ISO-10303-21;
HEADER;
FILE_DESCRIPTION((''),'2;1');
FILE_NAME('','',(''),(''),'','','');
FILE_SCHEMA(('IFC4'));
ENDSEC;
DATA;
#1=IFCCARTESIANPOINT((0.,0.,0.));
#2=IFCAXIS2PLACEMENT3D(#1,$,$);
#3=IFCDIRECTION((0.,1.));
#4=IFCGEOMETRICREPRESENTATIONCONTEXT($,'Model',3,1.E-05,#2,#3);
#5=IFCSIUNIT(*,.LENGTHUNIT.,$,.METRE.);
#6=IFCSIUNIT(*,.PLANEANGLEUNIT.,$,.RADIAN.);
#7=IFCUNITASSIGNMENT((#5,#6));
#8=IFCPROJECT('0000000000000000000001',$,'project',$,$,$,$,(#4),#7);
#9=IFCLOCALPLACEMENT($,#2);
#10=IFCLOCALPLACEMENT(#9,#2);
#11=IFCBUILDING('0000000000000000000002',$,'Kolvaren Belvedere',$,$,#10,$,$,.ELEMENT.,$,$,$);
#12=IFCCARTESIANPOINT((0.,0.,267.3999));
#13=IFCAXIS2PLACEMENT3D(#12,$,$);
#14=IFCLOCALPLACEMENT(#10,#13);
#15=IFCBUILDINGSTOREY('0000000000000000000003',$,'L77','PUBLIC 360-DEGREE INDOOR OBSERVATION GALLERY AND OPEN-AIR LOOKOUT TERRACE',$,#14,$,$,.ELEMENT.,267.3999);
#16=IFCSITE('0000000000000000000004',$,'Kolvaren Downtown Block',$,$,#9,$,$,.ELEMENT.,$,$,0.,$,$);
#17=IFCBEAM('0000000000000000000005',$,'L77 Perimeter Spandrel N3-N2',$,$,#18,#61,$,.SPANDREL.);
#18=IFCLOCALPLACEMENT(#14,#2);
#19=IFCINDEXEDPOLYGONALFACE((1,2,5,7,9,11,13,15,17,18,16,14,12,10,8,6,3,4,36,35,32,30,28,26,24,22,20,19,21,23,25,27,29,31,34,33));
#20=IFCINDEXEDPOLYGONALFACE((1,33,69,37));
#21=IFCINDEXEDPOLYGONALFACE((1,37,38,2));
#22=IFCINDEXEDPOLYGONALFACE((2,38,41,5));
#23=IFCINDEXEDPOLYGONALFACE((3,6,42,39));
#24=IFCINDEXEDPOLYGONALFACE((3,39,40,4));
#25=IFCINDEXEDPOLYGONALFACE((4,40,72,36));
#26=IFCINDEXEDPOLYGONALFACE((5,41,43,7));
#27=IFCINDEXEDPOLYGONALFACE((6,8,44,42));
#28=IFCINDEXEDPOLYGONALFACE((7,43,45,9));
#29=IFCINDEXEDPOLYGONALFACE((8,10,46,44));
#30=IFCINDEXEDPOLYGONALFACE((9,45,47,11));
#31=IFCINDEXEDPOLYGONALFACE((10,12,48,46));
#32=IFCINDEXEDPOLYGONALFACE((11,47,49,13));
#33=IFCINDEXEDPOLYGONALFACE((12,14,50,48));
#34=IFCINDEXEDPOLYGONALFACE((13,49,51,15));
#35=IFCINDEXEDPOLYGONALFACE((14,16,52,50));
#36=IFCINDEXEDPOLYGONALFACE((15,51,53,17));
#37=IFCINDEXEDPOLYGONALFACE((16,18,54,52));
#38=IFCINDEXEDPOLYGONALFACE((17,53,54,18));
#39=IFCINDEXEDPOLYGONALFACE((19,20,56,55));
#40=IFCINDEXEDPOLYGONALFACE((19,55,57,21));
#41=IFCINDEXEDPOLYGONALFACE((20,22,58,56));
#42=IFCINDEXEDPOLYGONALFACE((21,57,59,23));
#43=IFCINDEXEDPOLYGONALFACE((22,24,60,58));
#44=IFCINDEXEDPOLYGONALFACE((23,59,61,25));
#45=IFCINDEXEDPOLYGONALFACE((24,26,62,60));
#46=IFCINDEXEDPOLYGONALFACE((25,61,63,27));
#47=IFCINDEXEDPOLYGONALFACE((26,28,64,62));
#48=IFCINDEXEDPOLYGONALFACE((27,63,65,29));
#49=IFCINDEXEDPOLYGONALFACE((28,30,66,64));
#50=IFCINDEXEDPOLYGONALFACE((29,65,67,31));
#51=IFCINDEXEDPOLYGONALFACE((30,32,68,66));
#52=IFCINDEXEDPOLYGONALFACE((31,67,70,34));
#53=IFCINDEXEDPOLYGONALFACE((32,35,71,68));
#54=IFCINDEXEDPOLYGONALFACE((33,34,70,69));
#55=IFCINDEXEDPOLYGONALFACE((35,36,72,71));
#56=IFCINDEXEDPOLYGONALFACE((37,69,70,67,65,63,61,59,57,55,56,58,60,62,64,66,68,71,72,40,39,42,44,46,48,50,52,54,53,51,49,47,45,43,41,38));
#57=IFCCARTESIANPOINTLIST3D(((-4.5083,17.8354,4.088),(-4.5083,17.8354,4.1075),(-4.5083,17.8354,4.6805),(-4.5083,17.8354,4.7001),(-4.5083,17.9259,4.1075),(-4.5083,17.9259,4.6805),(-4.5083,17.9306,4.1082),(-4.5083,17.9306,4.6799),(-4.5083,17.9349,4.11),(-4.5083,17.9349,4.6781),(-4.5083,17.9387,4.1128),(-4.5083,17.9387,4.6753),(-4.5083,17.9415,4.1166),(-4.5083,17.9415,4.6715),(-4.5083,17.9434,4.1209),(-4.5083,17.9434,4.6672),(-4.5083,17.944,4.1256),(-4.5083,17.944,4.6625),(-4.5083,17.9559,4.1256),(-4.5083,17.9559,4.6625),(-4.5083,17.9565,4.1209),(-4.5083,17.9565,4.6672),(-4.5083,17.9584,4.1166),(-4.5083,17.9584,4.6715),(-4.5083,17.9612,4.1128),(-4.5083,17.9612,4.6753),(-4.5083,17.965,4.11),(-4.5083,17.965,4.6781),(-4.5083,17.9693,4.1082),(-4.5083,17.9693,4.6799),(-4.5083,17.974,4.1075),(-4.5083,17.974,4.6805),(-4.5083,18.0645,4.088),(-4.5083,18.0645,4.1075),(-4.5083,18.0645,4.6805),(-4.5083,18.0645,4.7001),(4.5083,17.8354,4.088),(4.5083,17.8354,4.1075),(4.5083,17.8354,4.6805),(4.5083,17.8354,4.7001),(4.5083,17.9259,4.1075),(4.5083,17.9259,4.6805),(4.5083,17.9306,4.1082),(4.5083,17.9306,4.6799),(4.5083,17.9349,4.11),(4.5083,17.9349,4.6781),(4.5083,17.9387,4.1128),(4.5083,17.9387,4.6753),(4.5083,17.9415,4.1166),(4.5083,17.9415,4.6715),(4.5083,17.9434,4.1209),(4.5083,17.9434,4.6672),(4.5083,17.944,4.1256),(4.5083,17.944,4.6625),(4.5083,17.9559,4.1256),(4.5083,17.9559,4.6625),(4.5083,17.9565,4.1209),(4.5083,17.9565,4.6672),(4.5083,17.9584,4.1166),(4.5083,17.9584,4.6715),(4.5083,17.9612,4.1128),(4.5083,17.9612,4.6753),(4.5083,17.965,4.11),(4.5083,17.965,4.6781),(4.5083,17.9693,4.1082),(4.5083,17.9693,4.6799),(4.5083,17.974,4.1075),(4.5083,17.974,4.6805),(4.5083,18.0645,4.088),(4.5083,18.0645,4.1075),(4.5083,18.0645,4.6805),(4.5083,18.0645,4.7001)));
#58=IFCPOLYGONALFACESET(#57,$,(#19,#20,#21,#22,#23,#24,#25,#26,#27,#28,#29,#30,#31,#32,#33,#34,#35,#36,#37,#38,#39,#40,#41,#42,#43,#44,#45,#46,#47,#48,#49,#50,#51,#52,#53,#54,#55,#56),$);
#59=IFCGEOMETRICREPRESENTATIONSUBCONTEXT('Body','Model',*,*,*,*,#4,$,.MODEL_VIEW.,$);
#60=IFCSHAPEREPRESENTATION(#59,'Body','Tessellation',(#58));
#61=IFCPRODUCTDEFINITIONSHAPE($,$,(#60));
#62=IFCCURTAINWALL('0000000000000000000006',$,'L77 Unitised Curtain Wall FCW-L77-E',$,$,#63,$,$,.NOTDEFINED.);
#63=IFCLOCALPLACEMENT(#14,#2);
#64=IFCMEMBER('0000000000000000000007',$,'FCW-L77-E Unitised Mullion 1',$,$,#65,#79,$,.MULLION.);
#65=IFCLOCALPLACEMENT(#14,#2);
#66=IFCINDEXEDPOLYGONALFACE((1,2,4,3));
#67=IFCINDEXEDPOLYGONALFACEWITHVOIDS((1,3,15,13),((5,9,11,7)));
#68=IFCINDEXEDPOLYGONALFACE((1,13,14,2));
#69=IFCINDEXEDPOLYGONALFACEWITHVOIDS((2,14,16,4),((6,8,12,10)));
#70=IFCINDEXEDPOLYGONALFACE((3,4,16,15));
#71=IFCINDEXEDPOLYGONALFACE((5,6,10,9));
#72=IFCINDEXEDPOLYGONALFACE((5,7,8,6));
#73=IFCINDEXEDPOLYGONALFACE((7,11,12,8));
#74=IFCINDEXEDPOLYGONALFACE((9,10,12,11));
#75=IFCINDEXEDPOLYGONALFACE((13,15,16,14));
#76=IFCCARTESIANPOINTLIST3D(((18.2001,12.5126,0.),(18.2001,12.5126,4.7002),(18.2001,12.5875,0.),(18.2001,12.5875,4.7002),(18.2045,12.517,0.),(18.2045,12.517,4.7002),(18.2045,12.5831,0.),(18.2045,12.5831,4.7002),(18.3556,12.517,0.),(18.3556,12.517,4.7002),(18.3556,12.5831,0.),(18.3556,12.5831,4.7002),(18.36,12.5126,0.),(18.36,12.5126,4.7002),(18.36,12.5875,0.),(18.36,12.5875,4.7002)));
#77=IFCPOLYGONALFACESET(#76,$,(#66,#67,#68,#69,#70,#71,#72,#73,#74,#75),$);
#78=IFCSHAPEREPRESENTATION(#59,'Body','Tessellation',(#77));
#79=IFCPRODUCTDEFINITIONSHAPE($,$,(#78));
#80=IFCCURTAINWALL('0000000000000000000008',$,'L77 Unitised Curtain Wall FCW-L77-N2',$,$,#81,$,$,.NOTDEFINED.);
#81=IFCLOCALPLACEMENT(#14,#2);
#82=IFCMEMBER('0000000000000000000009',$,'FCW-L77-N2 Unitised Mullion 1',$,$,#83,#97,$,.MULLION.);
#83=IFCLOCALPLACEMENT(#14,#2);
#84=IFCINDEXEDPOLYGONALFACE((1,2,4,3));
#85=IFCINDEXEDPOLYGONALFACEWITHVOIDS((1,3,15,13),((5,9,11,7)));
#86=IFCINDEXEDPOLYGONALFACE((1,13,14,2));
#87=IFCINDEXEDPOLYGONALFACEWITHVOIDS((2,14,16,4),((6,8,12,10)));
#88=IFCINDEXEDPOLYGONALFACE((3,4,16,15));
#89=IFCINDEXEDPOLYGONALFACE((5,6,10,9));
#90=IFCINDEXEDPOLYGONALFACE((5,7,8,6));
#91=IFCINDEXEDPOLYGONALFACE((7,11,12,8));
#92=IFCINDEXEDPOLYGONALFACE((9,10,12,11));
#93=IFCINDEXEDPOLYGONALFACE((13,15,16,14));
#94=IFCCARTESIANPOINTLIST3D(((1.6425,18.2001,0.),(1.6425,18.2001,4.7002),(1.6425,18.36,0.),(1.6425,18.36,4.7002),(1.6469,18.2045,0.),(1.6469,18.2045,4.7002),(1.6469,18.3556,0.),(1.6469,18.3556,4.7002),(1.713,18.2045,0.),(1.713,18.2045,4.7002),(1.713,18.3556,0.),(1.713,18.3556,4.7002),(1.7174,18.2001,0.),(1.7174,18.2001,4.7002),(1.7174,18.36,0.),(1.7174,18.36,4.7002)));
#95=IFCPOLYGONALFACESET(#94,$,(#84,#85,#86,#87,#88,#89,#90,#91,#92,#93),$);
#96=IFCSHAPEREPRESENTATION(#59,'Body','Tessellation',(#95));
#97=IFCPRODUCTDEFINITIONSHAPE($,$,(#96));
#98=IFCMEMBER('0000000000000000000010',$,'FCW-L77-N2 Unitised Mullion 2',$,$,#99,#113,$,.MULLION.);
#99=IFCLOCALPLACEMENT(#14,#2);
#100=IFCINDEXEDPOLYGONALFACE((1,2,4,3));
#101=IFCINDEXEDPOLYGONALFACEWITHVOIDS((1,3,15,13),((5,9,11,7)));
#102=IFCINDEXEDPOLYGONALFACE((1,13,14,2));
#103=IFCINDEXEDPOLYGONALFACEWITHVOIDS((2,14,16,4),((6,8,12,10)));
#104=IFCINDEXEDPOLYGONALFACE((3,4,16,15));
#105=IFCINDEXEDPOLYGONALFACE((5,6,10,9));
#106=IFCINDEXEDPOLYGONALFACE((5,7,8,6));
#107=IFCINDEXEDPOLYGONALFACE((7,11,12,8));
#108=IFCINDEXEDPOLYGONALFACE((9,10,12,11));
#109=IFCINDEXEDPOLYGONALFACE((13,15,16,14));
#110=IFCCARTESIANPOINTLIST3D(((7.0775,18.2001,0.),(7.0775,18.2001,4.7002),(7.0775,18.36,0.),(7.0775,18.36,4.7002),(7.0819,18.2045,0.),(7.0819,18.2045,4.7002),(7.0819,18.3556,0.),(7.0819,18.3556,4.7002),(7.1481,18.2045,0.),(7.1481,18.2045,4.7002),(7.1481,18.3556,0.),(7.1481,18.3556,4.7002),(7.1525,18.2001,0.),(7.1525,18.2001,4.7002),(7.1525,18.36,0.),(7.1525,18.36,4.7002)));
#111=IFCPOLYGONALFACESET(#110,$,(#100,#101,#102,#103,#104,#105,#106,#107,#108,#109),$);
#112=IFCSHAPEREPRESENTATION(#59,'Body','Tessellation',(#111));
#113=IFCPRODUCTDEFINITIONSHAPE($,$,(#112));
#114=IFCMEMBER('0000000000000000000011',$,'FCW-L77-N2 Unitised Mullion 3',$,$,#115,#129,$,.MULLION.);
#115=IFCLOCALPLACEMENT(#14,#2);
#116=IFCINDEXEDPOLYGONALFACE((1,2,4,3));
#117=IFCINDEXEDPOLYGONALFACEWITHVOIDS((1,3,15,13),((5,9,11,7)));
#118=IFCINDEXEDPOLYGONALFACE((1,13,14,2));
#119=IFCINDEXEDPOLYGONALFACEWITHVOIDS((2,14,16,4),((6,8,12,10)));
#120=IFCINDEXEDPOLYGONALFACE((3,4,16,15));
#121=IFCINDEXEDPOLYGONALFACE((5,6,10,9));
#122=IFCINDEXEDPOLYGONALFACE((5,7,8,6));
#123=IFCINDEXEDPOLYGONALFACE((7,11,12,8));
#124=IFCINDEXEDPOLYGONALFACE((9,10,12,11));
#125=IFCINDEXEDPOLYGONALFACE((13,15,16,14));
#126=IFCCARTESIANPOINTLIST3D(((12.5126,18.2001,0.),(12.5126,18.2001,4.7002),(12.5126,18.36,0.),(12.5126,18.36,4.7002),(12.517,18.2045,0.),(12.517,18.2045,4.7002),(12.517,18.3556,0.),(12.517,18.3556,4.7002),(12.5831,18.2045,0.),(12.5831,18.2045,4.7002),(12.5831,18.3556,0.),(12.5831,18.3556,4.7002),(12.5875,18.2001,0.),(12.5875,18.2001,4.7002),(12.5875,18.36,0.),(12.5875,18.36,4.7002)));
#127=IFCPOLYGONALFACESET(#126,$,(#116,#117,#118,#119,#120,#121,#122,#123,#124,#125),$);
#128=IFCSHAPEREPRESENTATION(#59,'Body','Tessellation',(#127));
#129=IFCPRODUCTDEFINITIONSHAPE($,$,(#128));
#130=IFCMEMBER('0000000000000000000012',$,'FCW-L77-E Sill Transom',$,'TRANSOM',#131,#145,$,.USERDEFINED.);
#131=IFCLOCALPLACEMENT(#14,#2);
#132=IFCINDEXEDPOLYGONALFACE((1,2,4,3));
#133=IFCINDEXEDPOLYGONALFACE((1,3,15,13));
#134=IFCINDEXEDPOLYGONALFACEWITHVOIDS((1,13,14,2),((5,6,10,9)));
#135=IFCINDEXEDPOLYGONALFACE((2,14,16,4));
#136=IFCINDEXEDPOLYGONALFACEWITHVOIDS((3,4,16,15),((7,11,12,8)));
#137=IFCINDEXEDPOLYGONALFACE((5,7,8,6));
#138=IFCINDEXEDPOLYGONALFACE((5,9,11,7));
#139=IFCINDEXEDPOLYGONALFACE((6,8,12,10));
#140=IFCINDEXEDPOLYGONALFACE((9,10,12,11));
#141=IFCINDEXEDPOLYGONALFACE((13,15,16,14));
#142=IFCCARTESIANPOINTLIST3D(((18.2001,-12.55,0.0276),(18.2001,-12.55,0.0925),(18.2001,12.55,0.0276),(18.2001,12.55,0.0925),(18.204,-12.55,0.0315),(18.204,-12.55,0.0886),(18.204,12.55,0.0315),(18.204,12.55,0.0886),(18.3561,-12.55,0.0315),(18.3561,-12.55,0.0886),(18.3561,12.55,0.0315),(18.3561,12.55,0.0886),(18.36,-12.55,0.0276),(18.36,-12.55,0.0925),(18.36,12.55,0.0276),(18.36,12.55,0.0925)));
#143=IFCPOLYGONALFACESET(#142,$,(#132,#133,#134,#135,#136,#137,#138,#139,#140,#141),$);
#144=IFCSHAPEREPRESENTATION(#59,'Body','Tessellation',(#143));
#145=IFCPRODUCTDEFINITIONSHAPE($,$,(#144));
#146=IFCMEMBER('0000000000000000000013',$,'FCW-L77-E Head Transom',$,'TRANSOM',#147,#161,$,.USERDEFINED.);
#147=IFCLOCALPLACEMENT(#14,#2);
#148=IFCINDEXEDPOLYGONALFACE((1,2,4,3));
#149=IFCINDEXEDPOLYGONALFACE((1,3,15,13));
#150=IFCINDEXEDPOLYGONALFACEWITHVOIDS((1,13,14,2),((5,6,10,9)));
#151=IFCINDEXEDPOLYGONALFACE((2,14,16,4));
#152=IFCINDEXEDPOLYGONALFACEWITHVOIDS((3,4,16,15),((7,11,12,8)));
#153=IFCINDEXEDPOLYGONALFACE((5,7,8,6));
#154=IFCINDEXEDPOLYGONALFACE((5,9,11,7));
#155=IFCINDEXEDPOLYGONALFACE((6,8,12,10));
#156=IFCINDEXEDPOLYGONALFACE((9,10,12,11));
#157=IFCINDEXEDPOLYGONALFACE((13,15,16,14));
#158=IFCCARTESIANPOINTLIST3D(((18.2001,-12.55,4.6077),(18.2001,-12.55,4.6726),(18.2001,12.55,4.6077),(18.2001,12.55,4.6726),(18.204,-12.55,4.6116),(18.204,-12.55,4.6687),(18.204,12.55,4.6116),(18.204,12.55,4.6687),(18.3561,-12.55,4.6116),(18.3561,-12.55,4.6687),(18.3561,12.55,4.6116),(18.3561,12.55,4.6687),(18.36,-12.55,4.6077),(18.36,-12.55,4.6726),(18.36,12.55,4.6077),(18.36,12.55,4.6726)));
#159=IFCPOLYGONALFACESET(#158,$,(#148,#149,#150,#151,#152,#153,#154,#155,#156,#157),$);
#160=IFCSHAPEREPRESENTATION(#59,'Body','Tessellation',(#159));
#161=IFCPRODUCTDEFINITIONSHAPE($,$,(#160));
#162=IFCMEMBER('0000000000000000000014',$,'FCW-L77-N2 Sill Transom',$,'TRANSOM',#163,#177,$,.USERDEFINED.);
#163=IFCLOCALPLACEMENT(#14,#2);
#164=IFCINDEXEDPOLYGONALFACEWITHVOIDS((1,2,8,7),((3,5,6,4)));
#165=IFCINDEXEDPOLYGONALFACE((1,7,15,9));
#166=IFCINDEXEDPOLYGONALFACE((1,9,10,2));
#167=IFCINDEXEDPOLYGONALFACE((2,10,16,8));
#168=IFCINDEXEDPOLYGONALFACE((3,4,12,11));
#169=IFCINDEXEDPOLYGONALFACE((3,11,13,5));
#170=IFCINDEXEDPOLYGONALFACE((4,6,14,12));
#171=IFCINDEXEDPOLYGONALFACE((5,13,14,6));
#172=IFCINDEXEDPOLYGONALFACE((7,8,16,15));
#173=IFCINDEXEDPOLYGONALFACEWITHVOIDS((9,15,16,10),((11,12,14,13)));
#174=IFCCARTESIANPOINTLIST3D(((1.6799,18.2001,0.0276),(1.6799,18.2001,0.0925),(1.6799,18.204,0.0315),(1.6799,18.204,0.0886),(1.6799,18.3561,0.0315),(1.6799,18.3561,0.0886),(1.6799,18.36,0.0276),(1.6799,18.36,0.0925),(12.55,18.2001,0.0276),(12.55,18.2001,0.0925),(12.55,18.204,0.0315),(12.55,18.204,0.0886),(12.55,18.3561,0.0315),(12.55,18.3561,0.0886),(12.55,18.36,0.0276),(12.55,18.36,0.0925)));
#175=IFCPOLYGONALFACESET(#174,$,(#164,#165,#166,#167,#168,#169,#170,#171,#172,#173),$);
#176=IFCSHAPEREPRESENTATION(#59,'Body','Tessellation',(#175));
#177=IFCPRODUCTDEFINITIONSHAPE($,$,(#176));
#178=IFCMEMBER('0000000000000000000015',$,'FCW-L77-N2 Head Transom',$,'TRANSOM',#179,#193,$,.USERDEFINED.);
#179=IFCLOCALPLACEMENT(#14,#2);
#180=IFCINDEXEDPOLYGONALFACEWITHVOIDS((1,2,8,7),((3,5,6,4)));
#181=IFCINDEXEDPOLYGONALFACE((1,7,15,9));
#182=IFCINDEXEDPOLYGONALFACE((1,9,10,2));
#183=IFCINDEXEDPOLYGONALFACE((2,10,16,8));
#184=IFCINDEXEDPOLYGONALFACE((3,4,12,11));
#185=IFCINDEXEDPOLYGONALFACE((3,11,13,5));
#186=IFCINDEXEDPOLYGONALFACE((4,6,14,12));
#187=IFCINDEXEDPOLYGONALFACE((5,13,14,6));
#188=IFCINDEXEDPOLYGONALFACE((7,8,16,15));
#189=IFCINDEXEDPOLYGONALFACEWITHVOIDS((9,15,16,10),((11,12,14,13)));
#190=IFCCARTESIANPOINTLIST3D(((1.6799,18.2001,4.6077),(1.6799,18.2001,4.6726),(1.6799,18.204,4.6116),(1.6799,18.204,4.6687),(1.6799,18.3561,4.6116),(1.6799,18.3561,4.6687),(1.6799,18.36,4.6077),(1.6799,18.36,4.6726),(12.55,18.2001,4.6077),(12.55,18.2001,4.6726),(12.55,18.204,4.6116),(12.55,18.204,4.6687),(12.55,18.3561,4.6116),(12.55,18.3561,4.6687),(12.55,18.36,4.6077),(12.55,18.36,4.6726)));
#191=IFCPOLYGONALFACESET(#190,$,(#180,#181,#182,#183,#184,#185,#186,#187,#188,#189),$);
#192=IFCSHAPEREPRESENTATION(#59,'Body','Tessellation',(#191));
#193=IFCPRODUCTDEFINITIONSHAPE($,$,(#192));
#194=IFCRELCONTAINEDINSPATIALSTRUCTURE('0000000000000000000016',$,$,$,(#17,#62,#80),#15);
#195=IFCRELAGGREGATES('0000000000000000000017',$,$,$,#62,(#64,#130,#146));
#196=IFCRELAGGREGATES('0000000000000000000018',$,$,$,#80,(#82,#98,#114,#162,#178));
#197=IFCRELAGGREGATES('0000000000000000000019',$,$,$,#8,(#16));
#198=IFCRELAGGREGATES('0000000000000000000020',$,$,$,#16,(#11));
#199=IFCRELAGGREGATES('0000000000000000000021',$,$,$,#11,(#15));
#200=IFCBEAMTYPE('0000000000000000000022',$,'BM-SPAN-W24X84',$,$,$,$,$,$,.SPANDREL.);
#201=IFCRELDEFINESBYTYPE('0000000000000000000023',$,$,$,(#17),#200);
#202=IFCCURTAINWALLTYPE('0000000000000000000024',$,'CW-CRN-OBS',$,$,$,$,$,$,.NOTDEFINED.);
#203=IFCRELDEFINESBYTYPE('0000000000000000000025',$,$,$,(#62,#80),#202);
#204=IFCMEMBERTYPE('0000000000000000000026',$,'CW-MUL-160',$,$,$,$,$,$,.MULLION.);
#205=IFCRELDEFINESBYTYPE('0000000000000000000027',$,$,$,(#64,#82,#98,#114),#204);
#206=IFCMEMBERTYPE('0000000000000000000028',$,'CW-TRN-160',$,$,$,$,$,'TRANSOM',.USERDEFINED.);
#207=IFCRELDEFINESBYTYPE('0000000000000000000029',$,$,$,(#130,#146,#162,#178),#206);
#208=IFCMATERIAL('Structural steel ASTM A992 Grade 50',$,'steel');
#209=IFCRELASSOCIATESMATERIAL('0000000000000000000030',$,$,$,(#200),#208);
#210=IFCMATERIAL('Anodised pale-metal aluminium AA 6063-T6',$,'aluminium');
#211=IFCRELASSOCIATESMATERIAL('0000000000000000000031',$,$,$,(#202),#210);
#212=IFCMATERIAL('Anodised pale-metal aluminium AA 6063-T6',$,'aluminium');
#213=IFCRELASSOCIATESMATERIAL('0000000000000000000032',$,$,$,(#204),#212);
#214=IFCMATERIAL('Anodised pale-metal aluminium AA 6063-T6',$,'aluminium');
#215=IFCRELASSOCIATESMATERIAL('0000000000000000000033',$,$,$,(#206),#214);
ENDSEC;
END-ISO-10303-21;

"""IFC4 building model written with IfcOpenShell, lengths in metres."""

from ifc_helpers import new_model, si_unit, direction, frame, origin, origin_2d, place, context, subcontext, project, spatial, hollow_rectangle, i_section, extrude, material, material_profile, profile_set, type_object, element, aggregate, save


model = new_model("IFC4")

# Units and contexts
model_context = context("Model", 3, precision=1e-05, world=origin(), true_north=direction((0.0, 1.0)))
body_context = subcontext(model_context, "Body", "Model", "MODEL_VIEW")
ifc_project = project(units=[si_unit("LENGTHUNIT", "METRE"), si_unit("PLANEANGLEUNIT", "RADIAN")], contexts=[model_context])

# Site, building, storey
site_placement = place(None, origin())
site = spatial("IfcSite", under=ifc_project, at=site_placement, Name="Kolvaren Downtown Block", CompositionType="ELEMENT", RefElevation=0.0)
building_placement = place(site_placement, origin())
building = spatial("IfcBuilding", under=site, at=building_placement, Name="Kolvaren Belvedere", CompositionType="ELEMENT")
storey_placement = place(building_placement, frame((0.0, 0.0, 267.3999)))
storey = spatial("IfcBuildingStorey", under=building, at=storey_placement, Name="L77", Description="PUBLIC 360-DEGREE INDOOR OBSERVATION GALLERY AND OPEN-AIR LOOKOUT TERRACE", CompositionType="ELEMENT", Elevation=267.3999)

# Beam
ifc_material_1 = material(Name="Structural steel ASTM A992 Grade 50", Category="steel")
ifc_material_profile_1 = material_profile(ifc_material_1, i_section(OverallWidth=0.229, OverallDepth=0.6121, WebThickness=0.012, FlangeThickness=0.0195, FilletRadius=0.0181, at=origin_2d()), Name="W24X84")
ifc_profile_set_1 = profile_set([ifc_material_profile_1], Name="Structural steel ASTM A992 Grade 50")
beam_type_1 = type_object("IfcBeamType", Name="BM-SPAN-W24X84", PredefinedType="SPANDREL", material=ifc_profile_set_1)
beam_1_placement = place(storey_placement, frame((4.5083, 17.95, 4.394), z_axis=(-1.0, 0.0, 0.0), x_axis=(0.0, -1.0, 0.0)))
element("IfcBeam", 1, at=beam_1_placement, inside=storey, type_object=beam_type_1, Name="L77 Perimeter Spandrel N3-N2", PredefinedType="SPANDREL", context=body_context, shape_type="SweptSolid", body=[
    extrude(i_section(OverallWidth=0.229, OverallDepth=0.6121, WebThickness=0.012, FlangeThickness=0.0195, FilletRadius=0.0181, at=origin_2d()), origin(), (0.0, 0.0, 1.0), 9.0166),
])

# Curtain wall, member
ifc_material_2 = material(Name="Anodised pale-metal aluminium AA 6063-T6", Category="aluminium")
curtain_wall_type = type_object("IfcCurtainWallType", Name="CW-CRN-OBS", PredefinedType="NOTDEFINED", material=ifc_material_2)
curtain_wall_1_placement = place(storey_placement, origin())
curtain_wall_1 = element("IfcCurtainWall", 2, at=curtain_wall_1_placement, inside=storey, type_object=curtain_wall_type, Name="L77 Unitised Curtain Wall FCW-L77-E", PredefinedType="NOTDEFINED")
ifc_material_3 = material(Name="Anodised pale-metal aluminium AA 6063-T6", Category="aluminium")
ifc_material_profile_2 = material_profile(ifc_material_3, hollow_rectangle(XDim=0.075, YDim=0.1599, WallThickness=0.0044, at=origin_2d()), Name="ALU-MUL-160X75")
ifc_profile_set_2 = profile_set([ifc_material_profile_2], Name="Anodised pale-metal aluminium AA 6063-T6")
member_type_1 = type_object("IfcMemberType", Name="CW-MUL-160", PredefinedType="MULLION", material=ifc_profile_set_2)
member_1_placement = place(storey_placement, frame((18.28, 12.55, 0.0), z_axis=(0.0, 0.0, 1.0), x_axis=(0.0, 1.0, 0.0)))
member_1 = element("IfcMember", 3, at=member_1_placement, type_object=member_type_1, Name="FCW-L77-E Unitised Mullion 1", PredefinedType="MULLION", context=body_context, shape_type="SweptSolid", body=[
    extrude(hollow_rectangle(XDim=0.075, YDim=0.1599, WallThickness=0.0044, at=origin_2d()), origin(), (0.0, 0.0, 1.0), 4.7002),
])

# Curtain wall, members
curtain_wall_2_placement = place(storey_placement, origin())
curtain_wall_2 = element("IfcCurtainWall", 4, at=curtain_wall_2_placement, inside=storey, type_object=curtain_wall_type, Name="L77 Unitised Curtain Wall FCW-L77-N2", PredefinedType="NOTDEFINED")
member_2_placement = place(storey_placement, frame((1.6799, 18.28, 0.0), z_axis=(0.0, 0.0, 1.0), x_axis=(1.0, 0.0, 0.0)))
member_2 = element("IfcMember", 5, at=member_2_placement, type_object=member_type_1, Name="FCW-L77-N2 Unitised Mullion 1", PredefinedType="MULLION", context=body_context, shape_type="SweptSolid", body=[
    extrude(hollow_rectangle(XDim=0.075, YDim=0.1599, WallThickness=0.0044, at=origin_2d()), origin(), (0.0, 0.0, 1.0), 4.7002),
])
member_3_placement = place(storey_placement, frame((7.115, 18.28, 0.0), z_axis=(0.0, 0.0, 1.0), x_axis=(1.0, 0.0, 0.0)))
member_3 = element("IfcMember", 6, at=member_3_placement, type_object=member_type_1, Name="FCW-L77-N2 Unitised Mullion 2", PredefinedType="MULLION", context=body_context, shape_type="SweptSolid", body=[
    extrude(hollow_rectangle(XDim=0.075, YDim=0.1599, WallThickness=0.0044, at=origin_2d()), origin(), (0.0, 0.0, 1.0), 4.7002),
])
member_4_placement = place(storey_placement, frame((12.55, 18.28, 0.0), z_axis=(0.0, 0.0, 1.0), x_axis=(1.0, 0.0, 0.0)))
member_4 = element("IfcMember", 7, at=member_4_placement, type_object=member_type_1, Name="FCW-L77-N2 Unitised Mullion 3", PredefinedType="MULLION", context=body_context, shape_type="SweptSolid", body=[
    extrude(hollow_rectangle(XDim=0.075, YDim=0.1599, WallThickness=0.0044, at=origin_2d()), origin(), (0.0, 0.0, 1.0), 4.7002),
])

# Members
ifc_material_4 = material(Name="Anodised pale-metal aluminium AA 6063-T6", Category="aluminium")
ifc_material_profile_3 = material_profile(ifc_material_4, hollow_rectangle(XDim=0.0649, YDim=0.1599, WallThickness=0.0039, at=origin_2d()), Name="ALU-TRN-160X65")
ifc_profile_set_3 = profile_set([ifc_material_profile_3], Name="Anodised pale-metal aluminium AA 6063-T6")
member_type_2 = type_object("IfcMemberType", Name="CW-TRN-160", ElementType="TRANSOM", PredefinedType="USERDEFINED", material=ifc_profile_set_3)
member_5_placement = place(storey_placement, frame((18.28, 12.55, 0.0601), z_axis=(0.0, -1.0, 0.0), x_axis=(0.0, 0.0, 1.0)))
member_5 = element("IfcMember", 8, at=member_5_placement, type_object=member_type_2, Name="FCW-L77-E Sill Transom", ObjectType="TRANSOM", PredefinedType="USERDEFINED", context=body_context, shape_type="SweptSolid", body=[
    extrude(hollow_rectangle(XDim=0.0649, YDim=0.1599, WallThickness=0.0039, at=origin_2d()), origin(), (0.0, 0.0, 1.0), 25.1001),
])
member_6_placement = place(storey_placement, frame((18.28, 12.55, 4.6401), z_axis=(0.0, -1.0, 0.0), x_axis=(0.0, 0.0, 1.0)))
member_6 = element("IfcMember", 9, at=member_6_placement, type_object=member_type_2, Name="FCW-L77-E Head Transom", ObjectType="TRANSOM", PredefinedType="USERDEFINED", context=body_context, shape_type="SweptSolid", body=[
    extrude(hollow_rectangle(XDim=0.0649, YDim=0.1599, WallThickness=0.0039, at=origin_2d()), origin(), (0.0, 0.0, 1.0), 25.1001),
])
aggregate(curtain_wall_1, [member_1, member_5, member_6])
member_7_placement = place(storey_placement, frame((1.6799, 18.28, 0.0601), z_axis=(1.0, 0.0, 0.0), x_axis=(0.0, 0.0, 1.0)))
member_7 = element("IfcMember", 10, at=member_7_placement, type_object=member_type_2, Name="FCW-L77-N2 Sill Transom", ObjectType="TRANSOM", PredefinedType="USERDEFINED", context=body_context, shape_type="SweptSolid", body=[
    extrude(hollow_rectangle(XDim=0.0649, YDim=0.1599, WallThickness=0.0039, at=origin_2d()), origin(), (0.0, 0.0, 1.0), 10.8701),
])
member_8_placement = place(storey_placement, frame((1.6799, 18.28, 4.6401), z_axis=(1.0, 0.0, 0.0), x_axis=(0.0, 0.0, 1.0)))
member_8 = element("IfcMember", 11, at=member_8_placement, type_object=member_type_2, Name="FCW-L77-N2 Head Transom", ObjectType="TRANSOM", PredefinedType="USERDEFINED", context=body_context, shape_type="SweptSolid", body=[
    extrude(hollow_rectangle(XDim=0.0649, YDim=0.1599, WallThickness=0.0039, at=origin_2d()), origin(), (0.0, 0.0, 1.0), 10.8701),
])

aggregate(curtain_wall_2, [member_2, member_3, member_4, member_7, member_8])

save(model, "model.ifc")
